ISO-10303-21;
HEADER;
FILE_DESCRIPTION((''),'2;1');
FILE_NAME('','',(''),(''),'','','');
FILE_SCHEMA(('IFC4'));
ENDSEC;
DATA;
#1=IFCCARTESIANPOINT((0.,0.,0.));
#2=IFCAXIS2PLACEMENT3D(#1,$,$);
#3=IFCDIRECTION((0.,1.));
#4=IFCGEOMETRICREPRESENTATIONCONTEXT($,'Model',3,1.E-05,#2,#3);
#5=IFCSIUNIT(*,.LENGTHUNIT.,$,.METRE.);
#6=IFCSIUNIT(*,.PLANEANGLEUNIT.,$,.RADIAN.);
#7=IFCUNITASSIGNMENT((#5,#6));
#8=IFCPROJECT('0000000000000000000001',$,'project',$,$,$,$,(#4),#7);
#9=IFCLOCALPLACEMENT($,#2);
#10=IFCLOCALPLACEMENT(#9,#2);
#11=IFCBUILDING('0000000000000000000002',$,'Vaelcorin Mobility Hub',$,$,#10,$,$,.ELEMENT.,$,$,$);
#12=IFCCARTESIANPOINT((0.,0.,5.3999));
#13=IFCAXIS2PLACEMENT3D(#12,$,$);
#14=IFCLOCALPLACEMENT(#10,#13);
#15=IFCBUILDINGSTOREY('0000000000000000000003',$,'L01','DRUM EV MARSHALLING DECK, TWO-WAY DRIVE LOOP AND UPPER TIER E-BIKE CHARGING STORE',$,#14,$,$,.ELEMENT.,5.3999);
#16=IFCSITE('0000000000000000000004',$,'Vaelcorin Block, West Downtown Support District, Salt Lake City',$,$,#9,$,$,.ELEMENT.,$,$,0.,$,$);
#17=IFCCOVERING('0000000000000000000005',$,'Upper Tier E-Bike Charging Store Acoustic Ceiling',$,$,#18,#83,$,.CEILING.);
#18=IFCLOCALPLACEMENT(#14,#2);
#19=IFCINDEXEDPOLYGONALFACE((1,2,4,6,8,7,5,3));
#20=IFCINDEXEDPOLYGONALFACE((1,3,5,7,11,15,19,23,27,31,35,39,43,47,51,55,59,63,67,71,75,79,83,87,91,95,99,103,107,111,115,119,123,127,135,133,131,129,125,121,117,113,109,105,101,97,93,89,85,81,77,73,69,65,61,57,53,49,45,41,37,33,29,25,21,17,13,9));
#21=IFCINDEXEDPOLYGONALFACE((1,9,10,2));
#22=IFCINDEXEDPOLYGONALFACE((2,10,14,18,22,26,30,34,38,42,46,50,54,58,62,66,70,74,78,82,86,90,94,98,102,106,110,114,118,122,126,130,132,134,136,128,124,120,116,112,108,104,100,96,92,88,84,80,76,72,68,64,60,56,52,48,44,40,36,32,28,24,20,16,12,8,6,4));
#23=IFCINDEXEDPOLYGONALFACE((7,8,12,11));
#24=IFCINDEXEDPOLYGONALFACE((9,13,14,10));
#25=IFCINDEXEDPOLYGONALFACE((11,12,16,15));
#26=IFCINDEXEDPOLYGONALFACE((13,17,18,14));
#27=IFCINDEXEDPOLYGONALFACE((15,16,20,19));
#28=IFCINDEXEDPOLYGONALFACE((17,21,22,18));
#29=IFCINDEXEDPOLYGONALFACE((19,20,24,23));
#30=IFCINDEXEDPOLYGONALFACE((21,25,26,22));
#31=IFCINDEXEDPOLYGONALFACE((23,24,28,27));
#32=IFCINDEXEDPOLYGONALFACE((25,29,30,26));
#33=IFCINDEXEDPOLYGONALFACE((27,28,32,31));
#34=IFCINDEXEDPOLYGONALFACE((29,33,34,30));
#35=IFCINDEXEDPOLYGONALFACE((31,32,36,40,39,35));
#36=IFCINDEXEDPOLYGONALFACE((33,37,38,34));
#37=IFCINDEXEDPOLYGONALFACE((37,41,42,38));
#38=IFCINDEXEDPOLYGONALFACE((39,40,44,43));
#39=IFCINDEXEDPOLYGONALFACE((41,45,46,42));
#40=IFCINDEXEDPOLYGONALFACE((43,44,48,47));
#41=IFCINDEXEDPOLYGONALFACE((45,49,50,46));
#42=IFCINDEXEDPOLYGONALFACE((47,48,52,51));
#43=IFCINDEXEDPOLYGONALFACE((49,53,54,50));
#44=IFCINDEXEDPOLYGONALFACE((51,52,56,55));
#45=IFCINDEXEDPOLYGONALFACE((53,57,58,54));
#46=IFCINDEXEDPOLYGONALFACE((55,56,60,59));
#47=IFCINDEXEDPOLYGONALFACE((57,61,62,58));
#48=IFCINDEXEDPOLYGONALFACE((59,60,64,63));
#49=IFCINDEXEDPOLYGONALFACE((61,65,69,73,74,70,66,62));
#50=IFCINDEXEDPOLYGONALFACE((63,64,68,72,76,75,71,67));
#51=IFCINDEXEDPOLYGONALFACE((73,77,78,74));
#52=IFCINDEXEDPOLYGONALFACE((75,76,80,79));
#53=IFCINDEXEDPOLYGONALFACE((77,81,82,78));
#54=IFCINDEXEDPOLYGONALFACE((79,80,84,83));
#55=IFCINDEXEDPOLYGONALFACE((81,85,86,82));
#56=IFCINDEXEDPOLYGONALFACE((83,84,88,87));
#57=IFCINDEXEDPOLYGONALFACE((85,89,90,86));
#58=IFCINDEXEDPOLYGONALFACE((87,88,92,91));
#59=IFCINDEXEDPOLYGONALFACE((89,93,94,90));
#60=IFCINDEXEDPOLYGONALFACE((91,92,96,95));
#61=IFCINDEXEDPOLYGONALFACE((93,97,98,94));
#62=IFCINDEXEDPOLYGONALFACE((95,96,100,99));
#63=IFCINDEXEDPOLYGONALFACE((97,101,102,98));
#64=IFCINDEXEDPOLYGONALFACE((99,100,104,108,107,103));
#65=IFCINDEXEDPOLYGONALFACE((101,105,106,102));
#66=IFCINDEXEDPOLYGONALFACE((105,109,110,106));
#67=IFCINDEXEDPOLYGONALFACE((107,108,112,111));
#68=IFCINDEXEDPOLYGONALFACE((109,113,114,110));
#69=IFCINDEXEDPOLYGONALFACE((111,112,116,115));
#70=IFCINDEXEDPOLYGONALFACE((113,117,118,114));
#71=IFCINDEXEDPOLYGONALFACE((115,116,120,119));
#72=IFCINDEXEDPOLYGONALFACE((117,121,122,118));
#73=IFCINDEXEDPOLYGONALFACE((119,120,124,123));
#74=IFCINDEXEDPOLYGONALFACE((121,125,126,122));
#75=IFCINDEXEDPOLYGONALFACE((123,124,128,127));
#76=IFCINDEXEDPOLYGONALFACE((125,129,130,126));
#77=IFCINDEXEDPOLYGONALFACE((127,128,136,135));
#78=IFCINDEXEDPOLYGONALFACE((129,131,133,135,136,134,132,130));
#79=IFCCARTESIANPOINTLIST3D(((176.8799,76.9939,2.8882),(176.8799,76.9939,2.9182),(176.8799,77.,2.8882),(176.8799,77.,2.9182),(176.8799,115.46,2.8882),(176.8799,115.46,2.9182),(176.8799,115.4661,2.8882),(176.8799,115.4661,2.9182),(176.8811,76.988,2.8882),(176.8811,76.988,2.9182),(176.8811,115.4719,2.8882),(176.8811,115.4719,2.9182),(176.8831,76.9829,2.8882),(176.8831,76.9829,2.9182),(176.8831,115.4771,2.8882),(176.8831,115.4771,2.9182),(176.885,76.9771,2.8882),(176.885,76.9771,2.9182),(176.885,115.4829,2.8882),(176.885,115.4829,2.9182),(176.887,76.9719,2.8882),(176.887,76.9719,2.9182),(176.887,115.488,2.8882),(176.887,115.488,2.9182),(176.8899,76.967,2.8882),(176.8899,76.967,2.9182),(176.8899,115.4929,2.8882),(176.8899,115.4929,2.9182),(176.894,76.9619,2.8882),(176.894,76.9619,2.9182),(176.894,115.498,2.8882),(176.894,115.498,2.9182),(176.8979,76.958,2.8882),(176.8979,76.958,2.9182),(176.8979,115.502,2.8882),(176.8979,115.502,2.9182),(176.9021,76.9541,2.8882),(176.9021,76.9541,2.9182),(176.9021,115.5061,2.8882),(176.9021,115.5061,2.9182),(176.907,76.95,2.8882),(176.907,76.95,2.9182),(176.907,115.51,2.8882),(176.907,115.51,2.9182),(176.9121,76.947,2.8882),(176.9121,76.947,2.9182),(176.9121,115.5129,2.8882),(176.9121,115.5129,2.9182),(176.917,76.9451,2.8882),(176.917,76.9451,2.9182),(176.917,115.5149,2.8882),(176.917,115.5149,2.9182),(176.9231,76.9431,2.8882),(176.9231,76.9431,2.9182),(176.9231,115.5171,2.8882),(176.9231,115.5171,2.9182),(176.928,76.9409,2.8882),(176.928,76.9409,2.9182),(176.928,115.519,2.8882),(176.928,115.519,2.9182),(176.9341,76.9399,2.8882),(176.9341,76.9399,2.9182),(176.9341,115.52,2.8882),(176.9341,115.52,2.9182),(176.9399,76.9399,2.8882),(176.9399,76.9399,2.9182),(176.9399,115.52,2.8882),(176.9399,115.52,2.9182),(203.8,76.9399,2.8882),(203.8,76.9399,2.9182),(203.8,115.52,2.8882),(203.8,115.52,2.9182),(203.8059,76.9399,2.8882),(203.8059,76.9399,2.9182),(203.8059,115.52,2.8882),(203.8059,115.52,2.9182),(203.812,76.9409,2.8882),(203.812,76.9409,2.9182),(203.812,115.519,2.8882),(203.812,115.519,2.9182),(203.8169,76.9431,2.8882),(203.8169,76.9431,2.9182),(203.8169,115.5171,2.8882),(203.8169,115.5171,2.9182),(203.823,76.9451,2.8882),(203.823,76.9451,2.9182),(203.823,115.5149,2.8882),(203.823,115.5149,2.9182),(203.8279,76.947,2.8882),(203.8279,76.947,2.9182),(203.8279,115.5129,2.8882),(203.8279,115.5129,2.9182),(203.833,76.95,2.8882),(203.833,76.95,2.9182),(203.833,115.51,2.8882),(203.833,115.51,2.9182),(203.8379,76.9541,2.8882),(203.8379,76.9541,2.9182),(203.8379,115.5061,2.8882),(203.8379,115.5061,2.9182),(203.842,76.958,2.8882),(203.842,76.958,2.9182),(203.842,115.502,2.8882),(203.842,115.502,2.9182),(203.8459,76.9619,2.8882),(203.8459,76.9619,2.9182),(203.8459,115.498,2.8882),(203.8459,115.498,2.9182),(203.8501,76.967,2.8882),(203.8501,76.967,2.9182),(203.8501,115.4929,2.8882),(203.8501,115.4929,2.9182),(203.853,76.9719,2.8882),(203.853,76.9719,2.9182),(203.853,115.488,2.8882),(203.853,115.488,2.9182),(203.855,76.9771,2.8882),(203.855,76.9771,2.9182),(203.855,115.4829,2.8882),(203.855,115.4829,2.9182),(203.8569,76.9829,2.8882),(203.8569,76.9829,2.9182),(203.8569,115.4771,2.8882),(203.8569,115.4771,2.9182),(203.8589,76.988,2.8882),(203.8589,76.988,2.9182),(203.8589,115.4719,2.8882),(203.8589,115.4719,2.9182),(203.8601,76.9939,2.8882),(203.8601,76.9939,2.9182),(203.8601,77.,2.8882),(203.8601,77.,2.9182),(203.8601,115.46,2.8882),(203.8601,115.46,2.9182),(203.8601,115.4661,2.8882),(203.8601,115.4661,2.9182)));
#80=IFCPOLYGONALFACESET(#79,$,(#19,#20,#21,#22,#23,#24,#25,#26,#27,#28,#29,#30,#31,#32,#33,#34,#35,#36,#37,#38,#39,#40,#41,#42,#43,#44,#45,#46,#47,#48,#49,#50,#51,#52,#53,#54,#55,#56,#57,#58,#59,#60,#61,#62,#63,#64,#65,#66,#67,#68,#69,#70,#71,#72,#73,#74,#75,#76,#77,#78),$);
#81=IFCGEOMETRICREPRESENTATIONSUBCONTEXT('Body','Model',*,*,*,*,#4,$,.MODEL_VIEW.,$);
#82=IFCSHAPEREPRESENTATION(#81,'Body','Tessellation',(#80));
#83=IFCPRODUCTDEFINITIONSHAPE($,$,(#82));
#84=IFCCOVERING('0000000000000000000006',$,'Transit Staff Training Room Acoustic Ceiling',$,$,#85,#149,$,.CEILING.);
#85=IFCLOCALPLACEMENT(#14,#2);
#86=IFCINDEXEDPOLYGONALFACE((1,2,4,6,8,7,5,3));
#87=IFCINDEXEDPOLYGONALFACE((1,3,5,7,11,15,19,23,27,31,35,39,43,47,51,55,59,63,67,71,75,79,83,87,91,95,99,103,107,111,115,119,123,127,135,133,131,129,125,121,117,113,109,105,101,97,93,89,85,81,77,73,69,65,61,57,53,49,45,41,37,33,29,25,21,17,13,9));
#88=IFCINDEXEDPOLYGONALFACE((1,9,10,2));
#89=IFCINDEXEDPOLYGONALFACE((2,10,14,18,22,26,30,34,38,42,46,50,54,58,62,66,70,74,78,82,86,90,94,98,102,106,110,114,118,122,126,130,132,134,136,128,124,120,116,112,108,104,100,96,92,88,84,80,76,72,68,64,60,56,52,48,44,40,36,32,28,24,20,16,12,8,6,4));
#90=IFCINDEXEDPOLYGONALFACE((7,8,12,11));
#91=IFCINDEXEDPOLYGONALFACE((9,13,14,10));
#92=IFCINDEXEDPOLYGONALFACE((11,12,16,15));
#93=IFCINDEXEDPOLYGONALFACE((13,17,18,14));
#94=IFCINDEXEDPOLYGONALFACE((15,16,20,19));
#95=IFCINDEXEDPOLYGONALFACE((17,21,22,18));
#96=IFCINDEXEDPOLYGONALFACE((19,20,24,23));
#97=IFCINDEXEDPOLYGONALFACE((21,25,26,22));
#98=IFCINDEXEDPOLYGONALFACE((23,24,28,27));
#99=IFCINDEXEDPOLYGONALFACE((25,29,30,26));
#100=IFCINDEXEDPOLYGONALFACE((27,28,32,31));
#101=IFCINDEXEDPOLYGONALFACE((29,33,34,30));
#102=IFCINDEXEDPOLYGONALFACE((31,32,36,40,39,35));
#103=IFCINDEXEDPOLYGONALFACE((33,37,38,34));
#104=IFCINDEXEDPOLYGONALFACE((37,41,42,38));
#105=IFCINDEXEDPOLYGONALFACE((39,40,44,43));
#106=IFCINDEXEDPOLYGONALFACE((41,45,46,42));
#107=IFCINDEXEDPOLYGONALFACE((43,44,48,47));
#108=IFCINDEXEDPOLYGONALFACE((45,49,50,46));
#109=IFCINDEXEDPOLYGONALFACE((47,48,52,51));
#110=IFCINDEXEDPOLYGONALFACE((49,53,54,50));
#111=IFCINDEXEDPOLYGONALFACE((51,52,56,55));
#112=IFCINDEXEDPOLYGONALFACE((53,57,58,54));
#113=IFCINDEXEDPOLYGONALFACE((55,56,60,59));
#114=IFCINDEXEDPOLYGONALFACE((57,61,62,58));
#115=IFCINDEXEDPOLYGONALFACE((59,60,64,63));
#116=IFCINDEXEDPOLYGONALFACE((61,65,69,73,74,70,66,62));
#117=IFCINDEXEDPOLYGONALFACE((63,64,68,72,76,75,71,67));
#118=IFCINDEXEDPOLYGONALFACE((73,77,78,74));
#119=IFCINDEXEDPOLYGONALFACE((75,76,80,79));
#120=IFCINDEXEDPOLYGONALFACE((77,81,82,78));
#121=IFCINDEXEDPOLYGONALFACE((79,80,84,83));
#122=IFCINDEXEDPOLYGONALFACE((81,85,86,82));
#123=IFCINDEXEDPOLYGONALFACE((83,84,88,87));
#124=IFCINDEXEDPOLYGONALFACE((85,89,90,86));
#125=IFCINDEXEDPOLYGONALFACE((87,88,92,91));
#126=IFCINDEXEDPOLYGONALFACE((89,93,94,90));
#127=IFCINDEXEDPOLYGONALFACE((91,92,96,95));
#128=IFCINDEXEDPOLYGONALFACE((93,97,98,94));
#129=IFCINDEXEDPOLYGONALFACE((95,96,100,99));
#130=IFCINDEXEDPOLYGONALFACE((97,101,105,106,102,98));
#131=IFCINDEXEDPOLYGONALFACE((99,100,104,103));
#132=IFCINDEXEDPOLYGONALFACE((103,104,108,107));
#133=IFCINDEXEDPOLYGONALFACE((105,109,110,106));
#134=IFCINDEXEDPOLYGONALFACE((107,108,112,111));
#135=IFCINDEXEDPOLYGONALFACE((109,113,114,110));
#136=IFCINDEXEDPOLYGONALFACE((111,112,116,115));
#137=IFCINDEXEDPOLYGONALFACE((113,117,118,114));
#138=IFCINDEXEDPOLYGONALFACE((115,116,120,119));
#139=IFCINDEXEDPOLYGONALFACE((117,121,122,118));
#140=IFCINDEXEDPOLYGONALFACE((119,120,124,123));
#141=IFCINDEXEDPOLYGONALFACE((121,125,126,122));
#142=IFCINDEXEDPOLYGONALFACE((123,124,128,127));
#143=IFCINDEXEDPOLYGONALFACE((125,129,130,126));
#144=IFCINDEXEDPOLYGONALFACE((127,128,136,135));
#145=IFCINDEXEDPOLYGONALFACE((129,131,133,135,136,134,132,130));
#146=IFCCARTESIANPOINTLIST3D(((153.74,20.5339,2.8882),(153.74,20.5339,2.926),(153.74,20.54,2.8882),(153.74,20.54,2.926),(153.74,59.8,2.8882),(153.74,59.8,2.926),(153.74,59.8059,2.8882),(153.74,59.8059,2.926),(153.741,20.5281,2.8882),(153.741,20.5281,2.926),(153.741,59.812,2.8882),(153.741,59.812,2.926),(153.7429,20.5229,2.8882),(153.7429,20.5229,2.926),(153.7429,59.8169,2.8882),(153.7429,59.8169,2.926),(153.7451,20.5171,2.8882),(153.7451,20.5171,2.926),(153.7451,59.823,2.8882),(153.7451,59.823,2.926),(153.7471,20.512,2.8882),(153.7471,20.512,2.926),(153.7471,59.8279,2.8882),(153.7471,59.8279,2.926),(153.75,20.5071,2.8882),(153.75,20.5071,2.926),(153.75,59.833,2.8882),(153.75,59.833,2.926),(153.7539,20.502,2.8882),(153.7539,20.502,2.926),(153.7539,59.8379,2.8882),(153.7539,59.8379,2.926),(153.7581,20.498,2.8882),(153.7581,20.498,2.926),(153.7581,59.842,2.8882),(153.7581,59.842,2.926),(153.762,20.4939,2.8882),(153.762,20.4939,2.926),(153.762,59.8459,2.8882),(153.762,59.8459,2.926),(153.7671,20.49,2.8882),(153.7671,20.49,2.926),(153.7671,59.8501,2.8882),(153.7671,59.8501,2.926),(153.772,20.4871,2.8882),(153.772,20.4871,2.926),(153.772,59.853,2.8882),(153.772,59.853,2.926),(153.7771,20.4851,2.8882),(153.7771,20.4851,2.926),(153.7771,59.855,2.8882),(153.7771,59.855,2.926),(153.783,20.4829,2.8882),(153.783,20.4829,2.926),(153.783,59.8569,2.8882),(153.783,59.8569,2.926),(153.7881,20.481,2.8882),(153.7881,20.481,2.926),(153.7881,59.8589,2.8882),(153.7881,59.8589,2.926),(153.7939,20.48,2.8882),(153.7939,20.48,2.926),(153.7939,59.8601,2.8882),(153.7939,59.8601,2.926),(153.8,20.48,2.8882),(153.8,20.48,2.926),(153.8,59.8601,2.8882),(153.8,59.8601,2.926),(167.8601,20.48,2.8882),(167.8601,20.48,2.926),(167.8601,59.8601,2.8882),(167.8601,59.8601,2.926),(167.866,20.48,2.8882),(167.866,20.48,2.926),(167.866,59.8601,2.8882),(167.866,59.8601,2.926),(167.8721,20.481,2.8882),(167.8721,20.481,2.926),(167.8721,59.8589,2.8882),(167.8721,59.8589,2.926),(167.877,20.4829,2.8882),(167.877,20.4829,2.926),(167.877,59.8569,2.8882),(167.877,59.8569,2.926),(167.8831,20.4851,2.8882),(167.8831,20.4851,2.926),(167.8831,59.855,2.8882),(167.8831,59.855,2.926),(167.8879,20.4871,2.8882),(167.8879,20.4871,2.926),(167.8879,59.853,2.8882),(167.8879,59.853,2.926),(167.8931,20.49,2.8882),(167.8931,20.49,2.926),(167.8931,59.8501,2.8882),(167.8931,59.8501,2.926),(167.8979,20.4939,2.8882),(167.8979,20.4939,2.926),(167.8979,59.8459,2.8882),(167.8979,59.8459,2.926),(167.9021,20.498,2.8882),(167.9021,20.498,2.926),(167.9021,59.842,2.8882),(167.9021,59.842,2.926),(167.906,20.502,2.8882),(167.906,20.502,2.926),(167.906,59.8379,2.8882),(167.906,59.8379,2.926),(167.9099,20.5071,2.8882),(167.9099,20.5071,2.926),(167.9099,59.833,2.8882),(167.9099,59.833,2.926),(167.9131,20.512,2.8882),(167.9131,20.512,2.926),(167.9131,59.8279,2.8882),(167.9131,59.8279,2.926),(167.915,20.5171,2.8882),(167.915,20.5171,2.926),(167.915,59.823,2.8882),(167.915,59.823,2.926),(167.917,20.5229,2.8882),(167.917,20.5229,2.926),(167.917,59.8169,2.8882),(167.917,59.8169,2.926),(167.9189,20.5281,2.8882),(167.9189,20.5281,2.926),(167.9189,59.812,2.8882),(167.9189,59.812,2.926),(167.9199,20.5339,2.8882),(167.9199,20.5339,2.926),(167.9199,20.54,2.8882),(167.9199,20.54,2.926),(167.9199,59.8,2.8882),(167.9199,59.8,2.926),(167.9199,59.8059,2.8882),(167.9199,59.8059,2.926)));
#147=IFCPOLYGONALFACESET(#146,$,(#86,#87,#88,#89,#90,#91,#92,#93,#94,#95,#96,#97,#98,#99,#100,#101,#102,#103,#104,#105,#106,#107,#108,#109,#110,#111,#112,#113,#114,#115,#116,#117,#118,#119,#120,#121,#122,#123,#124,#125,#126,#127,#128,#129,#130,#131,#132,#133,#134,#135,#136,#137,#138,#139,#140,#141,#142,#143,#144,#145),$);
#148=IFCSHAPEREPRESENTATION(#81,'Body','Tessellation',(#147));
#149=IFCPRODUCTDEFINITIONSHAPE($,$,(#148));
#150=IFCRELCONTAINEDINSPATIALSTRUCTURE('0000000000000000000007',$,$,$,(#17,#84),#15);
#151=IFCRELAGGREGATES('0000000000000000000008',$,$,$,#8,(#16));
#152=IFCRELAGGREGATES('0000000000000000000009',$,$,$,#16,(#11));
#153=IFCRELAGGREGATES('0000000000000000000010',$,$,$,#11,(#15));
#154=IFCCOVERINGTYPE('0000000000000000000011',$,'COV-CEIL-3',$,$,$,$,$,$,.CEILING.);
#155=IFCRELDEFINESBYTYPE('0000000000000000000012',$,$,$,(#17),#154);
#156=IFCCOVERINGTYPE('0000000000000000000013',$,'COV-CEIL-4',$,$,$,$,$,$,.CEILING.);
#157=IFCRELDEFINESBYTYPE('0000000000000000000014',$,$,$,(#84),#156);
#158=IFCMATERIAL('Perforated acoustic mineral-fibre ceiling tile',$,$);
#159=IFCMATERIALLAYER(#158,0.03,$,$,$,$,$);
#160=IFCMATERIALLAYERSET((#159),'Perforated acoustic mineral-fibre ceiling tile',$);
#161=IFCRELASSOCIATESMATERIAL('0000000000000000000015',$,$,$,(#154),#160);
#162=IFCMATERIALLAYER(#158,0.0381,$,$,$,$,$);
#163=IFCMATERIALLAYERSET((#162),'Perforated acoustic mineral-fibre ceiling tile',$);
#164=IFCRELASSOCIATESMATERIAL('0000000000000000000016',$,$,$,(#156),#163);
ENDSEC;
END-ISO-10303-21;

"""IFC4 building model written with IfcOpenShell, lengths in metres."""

from ifc_helpers import new_model, si_unit, direction, frame, origin, place, context, subcontext, project, spatial, polyline, outline, extrude, material, layer, layer_set, type_object, element, save


model = new_model("IFC4")

# Units and contexts
model_context = context("Model", 3, precision=1e-05, world=origin(), true_north=direction((0.0, 1.0)))
body_context = subcontext(model_context, "Body", "Model", "MODEL_VIEW")
ifc_project = project(units=[si_unit("LENGTHUNIT", "METRE"), si_unit("PLANEANGLEUNIT", "RADIAN")], contexts=[model_context])

# Site, building, storey
site_placement = place(None, origin())
site = spatial("IfcSite", under=ifc_project, at=site_placement, Name="Vaelcorin Block, West Downtown Support District, Salt Lake City", CompositionType="ELEMENT", RefElevation=0.0)
building_placement = place(site_placement, origin())
building = spatial("IfcBuilding", under=site, at=building_placement, Name="Vaelcorin Mobility Hub", CompositionType="ELEMENT")
storey_placement = place(building_placement, frame((0.0, 0.0, 5.3999)))
storey = spatial("IfcBuildingStorey", under=building, at=storey_placement, Name="L01", Description="DRUM EV MARSHALLING DECK, TWO-WAY DRIVE LOOP AND UPPER TIER E-BIKE CHARGING STORE", CompositionType="ELEMENT", Elevation=5.3999)

# Coverings
ifc_material_1 = material(Name="Perforated acoustic mineral-fibre ceiling tile")
ifc_layer_1 = layer(ifc_material_1, 0.03)
ifc_layer_set_1 = layer_set([ifc_layer_1], Name="Perforated acoustic mineral-fibre ceiling tile")
covering_type_1 = type_object("IfcCoveringType", Name="COV-CEIL-3", PredefinedType="CEILING", material=ifc_layer_set_1)
covering_1_placement = place(storey_placement, frame((0.0, 0.0, 2.8882)))
element("IfcCovering", 1, at=covering_1_placement, inside=storey, type_object=covering_type_1, Name="Upper Tier E-Bike Charging Store Acoustic Ceiling", PredefinedType="CEILING", context=body_context, shape_type="SweptSolid", body=[
    extrude(outline(polyline([(176.9399, 76.9399), (176.9341, 76.9399), (176.928, 76.9409), (176.9231, 76.9431), (176.917, 76.9451), (176.9121, 76.947), (176.907, 76.95), (176.9021, 76.9541), (176.8979, 76.958), (176.894, 76.9619), (176.8899, 76.967), (176.887, 76.9719), (176.885, 76.9771), (176.8831, 76.9829), (176.8811, 76.988), (176.8799, 76.9939), (176.8799, 77.0), (176.8799, 115.46), (176.8799, 115.4661), (176.8811, 115.4719), (176.8831, 115.4771), (176.885, 115.4829), (176.887, 115.488), (176.8899, 115.4929), (176.894, 115.498), (176.8979, 115.502), (176.9021, 115.5061), (176.907, 115.51), (176.9121, 115.5129), (176.917, 115.5149), (176.9231, 115.5171), (176.928, 115.519), (176.9341, 115.52), (176.9399, 115.52), (203.8, 115.52), (203.8059, 115.52), (203.812, 115.519), (203.8169, 115.5171), (203.823, 115.5149), (203.8279, 115.5129), (203.833, 115.51), (203.8379, 115.5061), (203.842, 115.502), (203.8459, 115.498), (203.8501, 115.4929), (203.853, 115.488), (203.855, 115.4829), (203.8569, 115.4771), (203.8589, 115.4719), (203.8601, 115.4661), (203.8601, 115.46), (203.8601, 77.0), (203.8601, 76.9939), (203.8589, 76.988), (203.8569, 76.9829), (203.855, 76.9771), (203.853, 76.9719), (203.8501, 76.967), (203.8459, 76.9619), (203.842, 76.958), (203.8379, 76.9541), (203.833, 76.95), (203.8279, 76.947), (203.823, 76.9451), (203.8169, 76.9431), (203.812, 76.9409), (203.8059, 76.9399), (203.8, 76.9399), (176.9399, 76.9399)])), origin(), (0.0, 0.0, 1.0), 0.03),
])
ifc_layer_2 = layer(ifc_material_1, 0.0381)
ifc_layer_set_2 = layer_set([ifc_layer_2], Name="Perforated acoustic mineral-fibre ceiling tile")
covering_type_2 = type_object("IfcCoveringType", Name="COV-CEIL-4", PredefinedType="CEILING", material=ifc_layer_set_2)
covering_2_placement = place(storey_placement, frame((0.0, 0.0, 2.8882)))
element("IfcCovering", 2, at=covering_2_placement, inside=storey, type_object=covering_type_2, Name="Transit Staff Training Room Acoustic Ceiling", PredefinedType="CEILING", context=body_context, shape_type="SweptSolid", body=[
    extrude(outline(polyline([(153.8, 20.48), (153.7939, 20.48), (153.7881, 20.481), (153.783, 20.4829), (153.7771, 20.4851), (153.772, 20.4871), (153.7671, 20.49), (153.762, 20.4939), (153.7581, 20.498), (153.7539, 20.502), (153.75, 20.5071), (153.7471, 20.512), (153.7451, 20.5171), (153.7429, 20.5229), (153.741, 20.5281), (153.74, 20.5339), (153.74, 20.54), (153.74, 59.8), (153.74, 59.8059), (153.741, 59.812), (153.7429, 59.8169), (153.7451, 59.823), (153.7471, 59.8279), (153.75, 59.833), (153.7539, 59.8379), (153.7581, 59.842), (153.762, 59.8459), (153.7671, 59.8501), (153.772, 59.853), (153.7771, 59.855), (153.783, 59.8569), (153.7881, 59.8589), (153.7939, 59.8601), (153.8, 59.8601), (167.8601, 59.8601), (167.866, 59.8601), (167.8721, 59.8589), (167.877, 59.8569), (167.8831, 59.855), (167.8879, 59.853), (167.8931, 59.8501), (167.8979, 59.8459), (167.9021, 59.842), (167.906, 59.8379), (167.9099, 59.833), (167.9131, 59.8279), (167.915, 59.823), (167.917, 59.8169), (167.9189, 59.812), (167.9199, 59.8059), (167.9199, 59.8), (167.9199, 20.54), (167.9199, 20.5339), (167.9189, 20.5281), (167.917, 20.5229), (167.915, 20.5171), (167.9131, 20.512), (167.9099, 20.5071), (167.906, 20.502), (167.9021, 20.498), (167.8979, 20.4939), (167.8931, 20.49), (167.8879, 20.4871), (167.8831, 20.4851), (167.877, 20.4829), (167.8721, 20.481), (167.866, 20.48), (167.8601, 20.48), (153.8, 20.48)])), origin(), (0.0, 0.0, 1.0), 0.0378),
])

save(model, "model.ifc")
